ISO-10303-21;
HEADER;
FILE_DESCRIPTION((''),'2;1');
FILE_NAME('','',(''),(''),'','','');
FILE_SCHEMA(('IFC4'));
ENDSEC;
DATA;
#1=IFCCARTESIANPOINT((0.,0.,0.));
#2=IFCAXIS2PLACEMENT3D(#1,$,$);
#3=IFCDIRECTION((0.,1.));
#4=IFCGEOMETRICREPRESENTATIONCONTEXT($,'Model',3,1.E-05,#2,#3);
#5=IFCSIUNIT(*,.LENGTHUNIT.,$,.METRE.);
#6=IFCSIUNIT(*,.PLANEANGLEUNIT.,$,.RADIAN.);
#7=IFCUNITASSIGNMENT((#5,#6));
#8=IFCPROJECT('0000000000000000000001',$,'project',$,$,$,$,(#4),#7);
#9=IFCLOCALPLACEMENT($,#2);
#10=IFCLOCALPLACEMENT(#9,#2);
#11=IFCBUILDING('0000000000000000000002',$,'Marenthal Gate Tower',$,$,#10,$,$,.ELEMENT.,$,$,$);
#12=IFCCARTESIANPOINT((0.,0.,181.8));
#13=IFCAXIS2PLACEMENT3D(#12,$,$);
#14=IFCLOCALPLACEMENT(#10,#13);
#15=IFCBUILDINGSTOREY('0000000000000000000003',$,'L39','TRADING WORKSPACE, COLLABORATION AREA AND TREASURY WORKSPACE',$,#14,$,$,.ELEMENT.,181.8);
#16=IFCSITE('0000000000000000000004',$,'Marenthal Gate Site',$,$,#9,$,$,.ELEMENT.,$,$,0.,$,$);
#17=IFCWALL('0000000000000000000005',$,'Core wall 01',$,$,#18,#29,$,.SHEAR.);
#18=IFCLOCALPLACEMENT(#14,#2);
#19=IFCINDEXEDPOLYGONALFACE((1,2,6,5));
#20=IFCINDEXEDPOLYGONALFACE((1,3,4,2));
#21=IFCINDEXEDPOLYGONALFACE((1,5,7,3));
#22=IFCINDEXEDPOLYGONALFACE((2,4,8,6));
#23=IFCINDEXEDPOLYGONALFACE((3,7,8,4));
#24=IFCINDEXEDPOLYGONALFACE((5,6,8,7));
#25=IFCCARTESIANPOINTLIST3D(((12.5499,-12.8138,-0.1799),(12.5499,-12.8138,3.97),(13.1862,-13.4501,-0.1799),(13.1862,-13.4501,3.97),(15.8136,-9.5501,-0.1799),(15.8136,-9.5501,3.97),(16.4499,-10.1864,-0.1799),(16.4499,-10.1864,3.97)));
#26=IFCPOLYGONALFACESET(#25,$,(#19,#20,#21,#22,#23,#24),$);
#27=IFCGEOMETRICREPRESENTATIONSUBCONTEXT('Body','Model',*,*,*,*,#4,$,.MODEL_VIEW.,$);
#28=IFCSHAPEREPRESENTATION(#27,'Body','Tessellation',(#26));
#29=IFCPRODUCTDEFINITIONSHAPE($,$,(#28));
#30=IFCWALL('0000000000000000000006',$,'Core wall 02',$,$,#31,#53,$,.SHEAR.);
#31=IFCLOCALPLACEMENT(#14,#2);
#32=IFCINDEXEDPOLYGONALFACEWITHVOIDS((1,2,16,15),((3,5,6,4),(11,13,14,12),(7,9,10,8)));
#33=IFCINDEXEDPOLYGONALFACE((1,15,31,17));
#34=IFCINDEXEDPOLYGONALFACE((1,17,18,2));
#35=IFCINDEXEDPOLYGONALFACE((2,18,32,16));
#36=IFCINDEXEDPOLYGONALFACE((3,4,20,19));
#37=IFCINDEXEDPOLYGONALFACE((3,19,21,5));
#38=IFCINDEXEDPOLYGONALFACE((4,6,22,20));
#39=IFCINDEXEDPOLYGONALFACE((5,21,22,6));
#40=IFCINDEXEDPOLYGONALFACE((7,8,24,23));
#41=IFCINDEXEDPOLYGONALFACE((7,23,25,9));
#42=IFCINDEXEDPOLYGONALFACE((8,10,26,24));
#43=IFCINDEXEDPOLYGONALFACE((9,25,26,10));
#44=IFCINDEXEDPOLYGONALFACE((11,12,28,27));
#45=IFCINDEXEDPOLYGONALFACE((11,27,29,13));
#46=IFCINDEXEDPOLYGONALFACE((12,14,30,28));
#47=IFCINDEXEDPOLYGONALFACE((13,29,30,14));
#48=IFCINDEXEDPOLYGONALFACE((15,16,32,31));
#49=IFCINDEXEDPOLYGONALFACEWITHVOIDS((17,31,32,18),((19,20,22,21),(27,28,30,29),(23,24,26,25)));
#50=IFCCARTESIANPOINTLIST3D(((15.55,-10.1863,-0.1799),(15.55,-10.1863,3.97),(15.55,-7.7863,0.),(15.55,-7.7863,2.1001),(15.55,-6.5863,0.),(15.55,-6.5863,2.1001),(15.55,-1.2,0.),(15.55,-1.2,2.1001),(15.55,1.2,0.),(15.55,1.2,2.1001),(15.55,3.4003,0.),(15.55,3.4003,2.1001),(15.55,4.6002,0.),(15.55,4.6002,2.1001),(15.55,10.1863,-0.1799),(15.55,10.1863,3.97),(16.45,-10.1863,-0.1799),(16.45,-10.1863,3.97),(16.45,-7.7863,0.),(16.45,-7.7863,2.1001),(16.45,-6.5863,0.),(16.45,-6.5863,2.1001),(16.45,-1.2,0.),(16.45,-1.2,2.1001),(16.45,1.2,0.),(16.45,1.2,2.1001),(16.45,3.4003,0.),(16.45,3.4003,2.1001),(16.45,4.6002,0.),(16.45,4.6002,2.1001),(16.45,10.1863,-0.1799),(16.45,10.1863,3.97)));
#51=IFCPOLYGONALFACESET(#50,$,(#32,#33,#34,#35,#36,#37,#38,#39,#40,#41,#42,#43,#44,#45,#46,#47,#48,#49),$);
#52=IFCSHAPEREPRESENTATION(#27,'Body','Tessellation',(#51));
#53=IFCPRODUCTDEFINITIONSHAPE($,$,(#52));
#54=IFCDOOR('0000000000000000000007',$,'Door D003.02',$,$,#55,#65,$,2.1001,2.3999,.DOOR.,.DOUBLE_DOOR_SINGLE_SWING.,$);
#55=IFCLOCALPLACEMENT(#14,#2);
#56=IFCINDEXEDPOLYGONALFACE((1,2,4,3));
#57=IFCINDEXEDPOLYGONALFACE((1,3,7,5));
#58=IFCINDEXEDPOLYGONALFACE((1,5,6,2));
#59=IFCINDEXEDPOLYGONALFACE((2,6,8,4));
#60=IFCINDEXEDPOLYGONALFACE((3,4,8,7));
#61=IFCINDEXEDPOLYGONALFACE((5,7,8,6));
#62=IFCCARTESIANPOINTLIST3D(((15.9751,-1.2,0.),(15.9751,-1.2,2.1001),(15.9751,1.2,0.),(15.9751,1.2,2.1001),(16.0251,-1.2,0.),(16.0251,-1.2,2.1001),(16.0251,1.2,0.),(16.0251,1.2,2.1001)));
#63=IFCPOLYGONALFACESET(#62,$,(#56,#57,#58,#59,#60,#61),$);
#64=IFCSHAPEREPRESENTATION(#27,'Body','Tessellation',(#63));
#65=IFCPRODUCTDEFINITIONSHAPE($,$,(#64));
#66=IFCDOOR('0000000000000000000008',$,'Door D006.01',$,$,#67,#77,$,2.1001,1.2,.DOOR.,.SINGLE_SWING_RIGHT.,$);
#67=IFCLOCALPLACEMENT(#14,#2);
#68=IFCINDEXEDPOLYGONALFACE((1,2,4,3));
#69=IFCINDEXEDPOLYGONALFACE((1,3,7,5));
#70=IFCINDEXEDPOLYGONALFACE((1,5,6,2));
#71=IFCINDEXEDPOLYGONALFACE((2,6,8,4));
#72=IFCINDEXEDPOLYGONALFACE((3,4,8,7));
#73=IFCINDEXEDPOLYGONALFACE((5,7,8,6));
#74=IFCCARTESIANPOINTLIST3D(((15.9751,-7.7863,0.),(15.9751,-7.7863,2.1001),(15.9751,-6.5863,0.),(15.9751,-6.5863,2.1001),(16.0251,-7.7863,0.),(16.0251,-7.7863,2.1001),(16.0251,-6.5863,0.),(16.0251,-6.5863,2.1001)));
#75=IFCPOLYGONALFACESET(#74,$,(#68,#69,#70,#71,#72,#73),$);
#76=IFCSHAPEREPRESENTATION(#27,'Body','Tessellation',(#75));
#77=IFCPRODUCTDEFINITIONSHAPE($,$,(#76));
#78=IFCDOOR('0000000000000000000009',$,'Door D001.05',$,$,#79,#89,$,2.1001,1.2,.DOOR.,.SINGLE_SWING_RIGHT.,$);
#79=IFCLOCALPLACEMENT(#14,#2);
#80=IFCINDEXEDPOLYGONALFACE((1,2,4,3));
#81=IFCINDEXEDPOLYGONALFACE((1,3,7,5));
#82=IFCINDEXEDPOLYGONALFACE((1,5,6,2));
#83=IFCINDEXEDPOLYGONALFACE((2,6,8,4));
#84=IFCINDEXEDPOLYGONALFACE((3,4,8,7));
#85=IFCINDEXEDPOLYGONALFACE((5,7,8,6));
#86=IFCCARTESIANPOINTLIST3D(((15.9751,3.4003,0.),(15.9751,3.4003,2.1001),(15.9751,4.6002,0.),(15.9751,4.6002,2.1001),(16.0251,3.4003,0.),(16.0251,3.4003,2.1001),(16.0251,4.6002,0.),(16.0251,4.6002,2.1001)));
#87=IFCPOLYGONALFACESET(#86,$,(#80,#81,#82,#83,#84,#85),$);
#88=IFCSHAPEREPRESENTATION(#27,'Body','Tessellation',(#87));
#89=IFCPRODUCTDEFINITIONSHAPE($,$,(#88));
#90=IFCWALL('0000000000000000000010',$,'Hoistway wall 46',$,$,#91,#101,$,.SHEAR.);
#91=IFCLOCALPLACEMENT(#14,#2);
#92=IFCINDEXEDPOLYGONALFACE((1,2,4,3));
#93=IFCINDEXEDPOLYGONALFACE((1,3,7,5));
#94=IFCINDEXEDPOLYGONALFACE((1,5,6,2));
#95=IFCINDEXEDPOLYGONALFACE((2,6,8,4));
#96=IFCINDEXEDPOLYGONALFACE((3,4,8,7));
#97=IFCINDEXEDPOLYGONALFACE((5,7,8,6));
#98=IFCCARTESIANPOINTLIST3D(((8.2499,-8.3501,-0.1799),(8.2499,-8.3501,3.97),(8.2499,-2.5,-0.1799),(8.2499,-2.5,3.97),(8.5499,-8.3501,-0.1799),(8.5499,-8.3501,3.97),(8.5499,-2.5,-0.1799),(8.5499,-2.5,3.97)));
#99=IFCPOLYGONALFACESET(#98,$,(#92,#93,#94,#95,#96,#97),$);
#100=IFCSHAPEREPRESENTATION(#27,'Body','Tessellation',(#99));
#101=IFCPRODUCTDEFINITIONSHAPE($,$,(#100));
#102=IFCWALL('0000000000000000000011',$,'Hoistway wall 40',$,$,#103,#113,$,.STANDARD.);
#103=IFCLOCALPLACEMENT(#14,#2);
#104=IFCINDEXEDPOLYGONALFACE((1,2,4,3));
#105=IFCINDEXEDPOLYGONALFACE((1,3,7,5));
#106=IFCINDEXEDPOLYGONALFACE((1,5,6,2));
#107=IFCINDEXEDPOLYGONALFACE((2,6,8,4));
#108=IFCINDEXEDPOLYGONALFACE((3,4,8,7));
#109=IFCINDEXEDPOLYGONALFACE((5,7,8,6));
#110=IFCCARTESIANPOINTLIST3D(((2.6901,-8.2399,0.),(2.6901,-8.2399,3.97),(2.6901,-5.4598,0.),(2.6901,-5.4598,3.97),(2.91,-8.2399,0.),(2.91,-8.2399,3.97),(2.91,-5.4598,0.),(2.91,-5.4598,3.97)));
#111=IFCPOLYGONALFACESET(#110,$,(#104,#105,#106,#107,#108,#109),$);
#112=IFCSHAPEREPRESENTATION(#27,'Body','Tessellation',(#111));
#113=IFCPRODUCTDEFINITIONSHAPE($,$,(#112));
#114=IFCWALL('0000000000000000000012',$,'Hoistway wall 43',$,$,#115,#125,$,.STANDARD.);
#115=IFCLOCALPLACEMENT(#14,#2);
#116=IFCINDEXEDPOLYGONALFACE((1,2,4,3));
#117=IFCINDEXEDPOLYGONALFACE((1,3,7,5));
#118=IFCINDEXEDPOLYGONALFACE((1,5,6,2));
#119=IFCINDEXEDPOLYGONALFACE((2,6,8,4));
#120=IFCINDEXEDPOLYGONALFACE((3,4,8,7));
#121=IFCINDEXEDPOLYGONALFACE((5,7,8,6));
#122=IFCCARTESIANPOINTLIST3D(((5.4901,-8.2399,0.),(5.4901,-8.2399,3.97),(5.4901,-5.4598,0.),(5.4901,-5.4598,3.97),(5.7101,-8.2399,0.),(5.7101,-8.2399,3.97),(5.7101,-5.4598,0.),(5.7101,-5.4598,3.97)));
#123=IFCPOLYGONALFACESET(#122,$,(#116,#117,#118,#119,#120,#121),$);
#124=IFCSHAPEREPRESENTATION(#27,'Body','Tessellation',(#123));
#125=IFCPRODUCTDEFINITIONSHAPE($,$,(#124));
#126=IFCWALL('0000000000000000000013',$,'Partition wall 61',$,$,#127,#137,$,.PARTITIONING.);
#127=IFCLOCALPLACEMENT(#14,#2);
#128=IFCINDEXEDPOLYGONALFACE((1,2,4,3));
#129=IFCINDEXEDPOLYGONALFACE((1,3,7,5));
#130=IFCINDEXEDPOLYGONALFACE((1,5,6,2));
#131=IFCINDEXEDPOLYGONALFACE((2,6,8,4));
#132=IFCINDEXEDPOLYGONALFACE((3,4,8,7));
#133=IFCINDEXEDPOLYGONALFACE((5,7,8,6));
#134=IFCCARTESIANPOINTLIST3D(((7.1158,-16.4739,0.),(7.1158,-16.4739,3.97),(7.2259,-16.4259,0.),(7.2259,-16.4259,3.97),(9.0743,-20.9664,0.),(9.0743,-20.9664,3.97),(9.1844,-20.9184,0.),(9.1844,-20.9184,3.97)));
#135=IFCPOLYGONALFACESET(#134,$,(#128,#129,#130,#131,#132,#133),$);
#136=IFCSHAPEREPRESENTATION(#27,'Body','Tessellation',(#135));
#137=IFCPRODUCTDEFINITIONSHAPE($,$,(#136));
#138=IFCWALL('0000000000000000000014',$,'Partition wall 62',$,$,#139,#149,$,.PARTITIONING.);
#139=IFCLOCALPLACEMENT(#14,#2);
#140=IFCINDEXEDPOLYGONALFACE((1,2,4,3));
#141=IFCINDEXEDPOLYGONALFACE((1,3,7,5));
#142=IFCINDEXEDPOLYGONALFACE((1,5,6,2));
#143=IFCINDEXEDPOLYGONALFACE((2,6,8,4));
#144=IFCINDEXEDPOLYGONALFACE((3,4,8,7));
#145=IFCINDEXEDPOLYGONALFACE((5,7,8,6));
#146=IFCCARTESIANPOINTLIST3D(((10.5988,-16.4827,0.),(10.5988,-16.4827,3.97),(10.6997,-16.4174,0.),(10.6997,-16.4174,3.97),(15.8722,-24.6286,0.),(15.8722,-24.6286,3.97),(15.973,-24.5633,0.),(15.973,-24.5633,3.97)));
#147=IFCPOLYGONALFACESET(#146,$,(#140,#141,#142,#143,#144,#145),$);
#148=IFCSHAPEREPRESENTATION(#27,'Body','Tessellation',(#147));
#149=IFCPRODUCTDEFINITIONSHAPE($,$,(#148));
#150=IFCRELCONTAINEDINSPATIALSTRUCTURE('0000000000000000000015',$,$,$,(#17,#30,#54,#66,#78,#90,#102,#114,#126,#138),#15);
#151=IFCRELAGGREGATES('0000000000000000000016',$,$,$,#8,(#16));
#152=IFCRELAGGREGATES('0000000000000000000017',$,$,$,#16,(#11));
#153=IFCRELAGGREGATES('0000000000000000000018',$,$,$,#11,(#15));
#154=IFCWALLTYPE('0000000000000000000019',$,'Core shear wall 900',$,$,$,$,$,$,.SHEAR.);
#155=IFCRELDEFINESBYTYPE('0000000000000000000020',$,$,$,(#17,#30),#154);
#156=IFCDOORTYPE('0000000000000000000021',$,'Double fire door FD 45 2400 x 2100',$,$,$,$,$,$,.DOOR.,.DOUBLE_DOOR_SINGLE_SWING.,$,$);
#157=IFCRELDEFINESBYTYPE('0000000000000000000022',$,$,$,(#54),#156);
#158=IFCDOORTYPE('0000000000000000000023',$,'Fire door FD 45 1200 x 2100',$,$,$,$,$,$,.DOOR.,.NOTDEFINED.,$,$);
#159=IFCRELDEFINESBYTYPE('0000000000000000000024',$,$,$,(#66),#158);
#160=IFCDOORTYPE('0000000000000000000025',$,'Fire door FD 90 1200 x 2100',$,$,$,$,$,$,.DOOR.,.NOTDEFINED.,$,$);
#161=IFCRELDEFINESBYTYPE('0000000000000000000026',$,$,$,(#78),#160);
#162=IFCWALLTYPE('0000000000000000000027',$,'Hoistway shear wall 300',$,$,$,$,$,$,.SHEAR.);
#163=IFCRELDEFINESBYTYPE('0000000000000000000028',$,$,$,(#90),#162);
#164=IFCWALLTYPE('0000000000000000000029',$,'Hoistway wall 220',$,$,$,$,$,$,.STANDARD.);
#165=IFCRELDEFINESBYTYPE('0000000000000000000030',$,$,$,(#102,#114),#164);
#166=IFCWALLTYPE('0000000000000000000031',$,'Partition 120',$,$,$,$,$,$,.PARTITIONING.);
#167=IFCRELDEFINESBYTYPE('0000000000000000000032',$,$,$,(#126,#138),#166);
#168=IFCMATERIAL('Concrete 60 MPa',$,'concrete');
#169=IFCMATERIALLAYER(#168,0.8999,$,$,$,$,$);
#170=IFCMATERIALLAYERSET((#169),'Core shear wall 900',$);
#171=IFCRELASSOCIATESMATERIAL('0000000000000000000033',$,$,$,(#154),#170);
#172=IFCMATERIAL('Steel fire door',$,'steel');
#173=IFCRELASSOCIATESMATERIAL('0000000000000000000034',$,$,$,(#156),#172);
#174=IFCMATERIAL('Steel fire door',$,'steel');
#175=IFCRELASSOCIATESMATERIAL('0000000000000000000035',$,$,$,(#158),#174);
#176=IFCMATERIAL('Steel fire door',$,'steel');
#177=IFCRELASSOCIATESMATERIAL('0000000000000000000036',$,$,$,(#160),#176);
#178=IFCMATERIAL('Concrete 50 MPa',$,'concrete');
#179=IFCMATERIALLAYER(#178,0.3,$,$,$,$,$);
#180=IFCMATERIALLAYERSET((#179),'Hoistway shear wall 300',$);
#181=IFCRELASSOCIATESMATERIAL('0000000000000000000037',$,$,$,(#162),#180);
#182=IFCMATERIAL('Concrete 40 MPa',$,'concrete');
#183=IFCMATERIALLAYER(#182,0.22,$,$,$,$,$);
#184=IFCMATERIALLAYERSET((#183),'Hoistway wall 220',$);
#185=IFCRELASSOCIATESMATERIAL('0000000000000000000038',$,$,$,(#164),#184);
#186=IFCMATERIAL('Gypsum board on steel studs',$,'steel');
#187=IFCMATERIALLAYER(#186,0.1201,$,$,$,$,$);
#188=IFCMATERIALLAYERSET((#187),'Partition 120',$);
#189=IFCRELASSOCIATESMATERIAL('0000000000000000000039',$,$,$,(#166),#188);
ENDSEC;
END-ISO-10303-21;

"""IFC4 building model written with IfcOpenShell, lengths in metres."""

from ifc_helpers import new_model, si_unit, direction, frame, frame_2d, origin, place, context, subcontext, project, spatial, rectangle, extrude, material, layer, layer_set, type_object, element, fill, save


model = new_model("IFC4")

# Units and contexts
model_context = context("Model", 3, precision=1e-05, world=origin(), true_north=direction((0.0, 1.0)))
body_context = subcontext(model_context, "Body", "Model", "MODEL_VIEW")
ifc_project = project(units=[si_unit("LENGTHUNIT", "METRE"), si_unit("PLANEANGLEUNIT", "RADIAN")], contexts=[model_context])

# Site, building, storey
site_placement = place(None, origin())
site = spatial("IfcSite", under=ifc_project, at=site_placement, Name="Marenthal Gate Site", CompositionType="ELEMENT", RefElevation=0.0)
building_placement = place(site_placement, origin())
building = spatial("IfcBuilding", under=site, at=building_placement, Name="Marenthal Gate Tower", CompositionType="ELEMENT")
storey_placement = place(building_placement, frame((0.0, 0.0, 181.8)))
storey = spatial("IfcBuildingStorey", under=building, at=storey_placement, Name="L39", Description="TRADING WORKSPACE, COLLABORATION AREA AND TREASURY WORKSPACE", CompositionType="ELEMENT", Elevation=181.8)

# Wall
ifc_material_1 = material(Name="Concrete 60 MPa", Category="concrete")
ifc_layer_1 = layer(ifc_material_1, 0.8999)
ifc_layer_set_1 = layer_set([ifc_layer_1], Name="Core shear wall 900")
wall_type_1 = type_object("IfcWallType", Name="Core shear wall 900", PredefinedType="SHEAR", material=ifc_layer_set_1)
wall_1_placement = place(storey_placement, frame((12.8682, -13.1318, -0.1799), z_axis=(0.0, 0.0, 1.0), x_axis=(0.707107, 0.707107, 0.0)))
element("IfcWall", 1, at=wall_1_placement, inside=storey, type_object=wall_type_1, Name="Core wall 01", PredefinedType="SHEAR", context=body_context, shape_type="SweptSolid", body=[
    extrude(rectangle(XDim=4.6155, YDim=0.8999, at=frame_2d((2.3076, 0.0))), origin(), (0.0, 0.0, 1.0), 4.1499),
])

# Wall, openings, doors
wall_2_placement = place(storey_placement, frame((16.0, -10.1863, -0.1799), z_axis=(0.0, 0.0, 1.0), x_axis=(0.0, 1.0, 0.0)))
wall_2 = element("IfcWall", 2, at=wall_2_placement, inside=storey, type_object=wall_type_1, Name="Core wall 02", PredefinedType="SHEAR", context=body_context, shape_type="SweptSolid", body=[
    extrude(rectangle(XDim=20.3726, YDim=0.8999, at=frame_2d((10.1863, 0.0))), origin(), (0.0, 0.0, 1.0), 4.1499),
])
opening_1_placement = place(wall_2_placement, frame((8.9863, 0.0, 0.1799)))
opening_1 = element("IfcOpeningElement", 3, at=opening_1_placement, cuts=wall_2, PredefinedType="OPENING", context=body_context, shape_type="SweptSolid", body=[
    extrude(rectangle(XDim=2.3999, YDim=2.1001, at=frame_2d((1.2, 1.05))), frame((0.0, 0.46, 0.0), z_axis=(0.0, -1.0, 0.0), x_axis=(1.0, 0.0, 0.0)), (0.0, 0.0, 1.0), 0.9199),
])
opening_2_placement = place(wall_2_placement, frame((13.5864, 0.0, 0.1799)))
opening_2 = element("IfcOpeningElement", 4, at=opening_2_placement, cuts=wall_2, PredefinedType="OPENING", context=body_context, shape_type="SweptSolid", body=[
    extrude(rectangle(XDim=1.2, YDim=2.1001, at=frame_2d((0.6001, 1.05))), frame((0.0, 0.46, 0.0), z_axis=(0.0, -1.0, 0.0), x_axis=(1.0, 0.0, 0.0)), (0.0, 0.0, 1.0), 0.9199),
])
opening_3_placement = place(wall_2_placement, frame((2.3999, 0.0, 0.1799)))
opening_3 = element("IfcOpeningElement", 5, at=opening_3_placement, cuts=wall_2, PredefinedType="OPENING", context=body_context, shape_type="SweptSolid", body=[
    extrude(rectangle(XDim=1.2, YDim=2.1001, at=frame_2d((0.6001, 1.05))), frame((0.0, 0.46, 0.0), z_axis=(0.0, -1.0, 0.0), x_axis=(1.0, 0.0, 0.0)), (0.0, 0.0, 1.0), 0.9199),
])
ifc_material_2 = material(Name="Steel fire door", Category="steel")
door_type_1 = type_object("IfcDoorType", Name="Double fire door FD 45 2400 x 2100", OperationType="DOUBLE_DOOR_SINGLE_SWING", PredefinedType="DOOR", material=ifc_material_2)
door_1_placement = place(opening_1_placement, origin())
door_1 = element("IfcDoor", 6, at=door_1_placement, inside=storey, type_object=door_type_1, Name="Door D003.02", OperationType="DOUBLE_DOOR_SINGLE_SWING", OverallHeight=2.1001, OverallWidth=2.3999, PredefinedType="DOOR", context=body_context, shape_type="SweptSolid", body=[
    extrude(rectangle(XDim=2.3999, YDim=2.1001, at=frame_2d((1.2, 1.05))), frame((0.0, 0.0249, 0.0), z_axis=(0.0, -1.0, 0.0), x_axis=(1.0, 0.0, 0.0)), (0.0, 0.0, 1.0), 0.05),
])
fill(opening_1, door_1)
ifc_material_3 = material(Name="Steel fire door", Category="steel")
door_type_2 = type_object("IfcDoorType", Name="Fire door FD 45 1200 x 2100", OperationType="NOTDEFINED", PredefinedType="DOOR", material=ifc_material_3)
door_2_placement = place(opening_3_placement, origin())
door_2 = element("IfcDoor", 7, at=door_2_placement, inside=storey, type_object=door_type_2, Name="Door D006.01", OperationType="SINGLE_SWING_RIGHT", OverallHeight=2.1001, OverallWidth=1.2, PredefinedType="DOOR", context=body_context, shape_type="SweptSolid", body=[
    extrude(rectangle(XDim=1.2, YDim=2.1001, at=frame_2d((0.6001, 1.05))), frame((0.0, 0.0249, 0.0), z_axis=(0.0, -1.0, 0.0), x_axis=(1.0, 0.0, 0.0)), (0.0, 0.0, 1.0), 0.05),
])
fill(opening_3, door_2)
ifc_material_4 = material(Name="Steel fire door", Category="steel")
door_type_3 = type_object("IfcDoorType", Name="Fire door FD 90 1200 x 2100", OperationType="NOTDEFINED", PredefinedType="DOOR", material=ifc_material_4)
door_3_placement = place(opening_2_placement, origin())
door_3 = element("IfcDoor", 8, at=door_3_placement, inside=storey, type_object=door_type_3, Name="Door D001.05", OperationType="SINGLE_SWING_RIGHT", OverallHeight=2.1001, OverallWidth=1.2, PredefinedType="DOOR", context=body_context, shape_type="SweptSolid", body=[
    extrude(rectangle(XDim=1.2, YDim=2.1001, at=frame_2d((0.6001, 1.05))), frame((0.0, 0.0249, 0.0), z_axis=(0.0, -1.0, 0.0), x_axis=(1.0, 0.0, 0.0)), (0.0, 0.0, 1.0), 0.05),
])
fill(opening_2, door_3)

# Walls
ifc_material_5 = material(Name="Concrete 50 MPa", Category="concrete")
ifc_layer_2 = layer(ifc_material_5, 0.3)
ifc_layer_set_2 = layer_set([ifc_layer_2], Name="Hoistway shear wall 300")
wall_type_2 = type_object("IfcWallType", Name="Hoistway shear wall 300", PredefinedType="SHEAR", material=ifc_layer_set_2)
wall_3_placement = place(storey_placement, frame((8.3999, -8.3501, -0.1799), z_axis=(0.0, 0.0, 1.0), x_axis=(0.0, 1.0, 0.0)))
element("IfcWall", 9, at=wall_3_placement, inside=storey, type_object=wall_type_2, Name="Hoistway wall 46", PredefinedType="SHEAR", context=body_context, shape_type="SweptSolid", body=[
    extrude(rectangle(XDim=5.8501, YDim=0.3, at=frame_2d((2.925, 0.0))), origin(), (0.0, 0.0, 1.0), 4.1499),
])
ifc_material_6 = material(Name="Concrete 40 MPa", Category="concrete")
ifc_layer_3 = layer(ifc_material_6, 0.22)
ifc_layer_set_3 = layer_set([ifc_layer_3], Name="Hoistway wall 220")
wall_type_3 = type_object("IfcWallType", Name="Hoistway wall 220", PredefinedType="STANDARD", material=ifc_layer_set_3)
for number, where, z_axis, x_axis, name in (
    (10, (2.8, -8.24, 0.0), (0.0, 0.0, 1.0), (0.0, 1.0, 0.0), "Hoistway wall 40"),
    (11, (5.6001, -8.24, 0.0), (0.0, 0.0, 1.0), (0.0, 1.0, 0.0), "Hoistway wall 43"),
):
    element("IfcWall", number, at=place(storey_placement, frame(where, z_axis=z_axis, x_axis=x_axis)), inside=storey, type_object=wall_type_3, Name=name, PredefinedType="STANDARD", context=body_context, shape_type="SweptSolid", body=[
        extrude(rectangle(XDim=2.78, YDim=0.22, at=frame_2d((1.3901, 0.0))), origin(), (0.0, 0.0, 1.0), 3.97),
    ])
ifc_material_7 = material(Name="Gypsum board on steel studs", Category="steel")
ifc_layer_4 = layer(ifc_material_7, 0.1201)
ifc_layer_set_4 = layer_set([ifc_layer_4], Name="Partition 120")
wall_type_4 = type_object("IfcWallType", Name="Partition 120", PredefinedType="PARTITIONING", material=ifc_layer_set_4)
wall_4_placement = place(storey_placement, frame((9.1294, -20.9424, 0.0), z_axis=(0.0, 0.0, 1.0), x_axis=(-0.399629, 0.916677, 0.0)))
element("IfcWall", 12, at=wall_4_placement, inside=storey, type_object=wall_type_4, Name="Partition wall 61", PredefinedType="PARTITIONING", context=body_context, shape_type="SweptSolid", body=[
    extrude(rectangle(XDim=4.9009, YDim=0.1201, at=frame_2d((2.4504, 0.0))), origin(), (0.0, 0.0, 1.0), 3.97),
])
wall_5_placement = place(storey_placement, frame((10.6492, -16.45, 0.0), z_axis=(0.0, 0.0, 1.0), x_axis=(0.543433, -0.839453, 0.0)))
element("IfcWall", 13, at=wall_5_placement, inside=storey, type_object=wall_type_4, Name="Partition wall 62", PredefinedType="PARTITIONING", context=body_context, shape_type="SweptSolid", body=[
    extrude(rectangle(XDim=9.7039, YDim=0.1201, at=frame_2d((4.8521, 0.0))), origin(), (0.0, 0.0, 1.0), 3.97),
])

save(model, "model.ifc")
